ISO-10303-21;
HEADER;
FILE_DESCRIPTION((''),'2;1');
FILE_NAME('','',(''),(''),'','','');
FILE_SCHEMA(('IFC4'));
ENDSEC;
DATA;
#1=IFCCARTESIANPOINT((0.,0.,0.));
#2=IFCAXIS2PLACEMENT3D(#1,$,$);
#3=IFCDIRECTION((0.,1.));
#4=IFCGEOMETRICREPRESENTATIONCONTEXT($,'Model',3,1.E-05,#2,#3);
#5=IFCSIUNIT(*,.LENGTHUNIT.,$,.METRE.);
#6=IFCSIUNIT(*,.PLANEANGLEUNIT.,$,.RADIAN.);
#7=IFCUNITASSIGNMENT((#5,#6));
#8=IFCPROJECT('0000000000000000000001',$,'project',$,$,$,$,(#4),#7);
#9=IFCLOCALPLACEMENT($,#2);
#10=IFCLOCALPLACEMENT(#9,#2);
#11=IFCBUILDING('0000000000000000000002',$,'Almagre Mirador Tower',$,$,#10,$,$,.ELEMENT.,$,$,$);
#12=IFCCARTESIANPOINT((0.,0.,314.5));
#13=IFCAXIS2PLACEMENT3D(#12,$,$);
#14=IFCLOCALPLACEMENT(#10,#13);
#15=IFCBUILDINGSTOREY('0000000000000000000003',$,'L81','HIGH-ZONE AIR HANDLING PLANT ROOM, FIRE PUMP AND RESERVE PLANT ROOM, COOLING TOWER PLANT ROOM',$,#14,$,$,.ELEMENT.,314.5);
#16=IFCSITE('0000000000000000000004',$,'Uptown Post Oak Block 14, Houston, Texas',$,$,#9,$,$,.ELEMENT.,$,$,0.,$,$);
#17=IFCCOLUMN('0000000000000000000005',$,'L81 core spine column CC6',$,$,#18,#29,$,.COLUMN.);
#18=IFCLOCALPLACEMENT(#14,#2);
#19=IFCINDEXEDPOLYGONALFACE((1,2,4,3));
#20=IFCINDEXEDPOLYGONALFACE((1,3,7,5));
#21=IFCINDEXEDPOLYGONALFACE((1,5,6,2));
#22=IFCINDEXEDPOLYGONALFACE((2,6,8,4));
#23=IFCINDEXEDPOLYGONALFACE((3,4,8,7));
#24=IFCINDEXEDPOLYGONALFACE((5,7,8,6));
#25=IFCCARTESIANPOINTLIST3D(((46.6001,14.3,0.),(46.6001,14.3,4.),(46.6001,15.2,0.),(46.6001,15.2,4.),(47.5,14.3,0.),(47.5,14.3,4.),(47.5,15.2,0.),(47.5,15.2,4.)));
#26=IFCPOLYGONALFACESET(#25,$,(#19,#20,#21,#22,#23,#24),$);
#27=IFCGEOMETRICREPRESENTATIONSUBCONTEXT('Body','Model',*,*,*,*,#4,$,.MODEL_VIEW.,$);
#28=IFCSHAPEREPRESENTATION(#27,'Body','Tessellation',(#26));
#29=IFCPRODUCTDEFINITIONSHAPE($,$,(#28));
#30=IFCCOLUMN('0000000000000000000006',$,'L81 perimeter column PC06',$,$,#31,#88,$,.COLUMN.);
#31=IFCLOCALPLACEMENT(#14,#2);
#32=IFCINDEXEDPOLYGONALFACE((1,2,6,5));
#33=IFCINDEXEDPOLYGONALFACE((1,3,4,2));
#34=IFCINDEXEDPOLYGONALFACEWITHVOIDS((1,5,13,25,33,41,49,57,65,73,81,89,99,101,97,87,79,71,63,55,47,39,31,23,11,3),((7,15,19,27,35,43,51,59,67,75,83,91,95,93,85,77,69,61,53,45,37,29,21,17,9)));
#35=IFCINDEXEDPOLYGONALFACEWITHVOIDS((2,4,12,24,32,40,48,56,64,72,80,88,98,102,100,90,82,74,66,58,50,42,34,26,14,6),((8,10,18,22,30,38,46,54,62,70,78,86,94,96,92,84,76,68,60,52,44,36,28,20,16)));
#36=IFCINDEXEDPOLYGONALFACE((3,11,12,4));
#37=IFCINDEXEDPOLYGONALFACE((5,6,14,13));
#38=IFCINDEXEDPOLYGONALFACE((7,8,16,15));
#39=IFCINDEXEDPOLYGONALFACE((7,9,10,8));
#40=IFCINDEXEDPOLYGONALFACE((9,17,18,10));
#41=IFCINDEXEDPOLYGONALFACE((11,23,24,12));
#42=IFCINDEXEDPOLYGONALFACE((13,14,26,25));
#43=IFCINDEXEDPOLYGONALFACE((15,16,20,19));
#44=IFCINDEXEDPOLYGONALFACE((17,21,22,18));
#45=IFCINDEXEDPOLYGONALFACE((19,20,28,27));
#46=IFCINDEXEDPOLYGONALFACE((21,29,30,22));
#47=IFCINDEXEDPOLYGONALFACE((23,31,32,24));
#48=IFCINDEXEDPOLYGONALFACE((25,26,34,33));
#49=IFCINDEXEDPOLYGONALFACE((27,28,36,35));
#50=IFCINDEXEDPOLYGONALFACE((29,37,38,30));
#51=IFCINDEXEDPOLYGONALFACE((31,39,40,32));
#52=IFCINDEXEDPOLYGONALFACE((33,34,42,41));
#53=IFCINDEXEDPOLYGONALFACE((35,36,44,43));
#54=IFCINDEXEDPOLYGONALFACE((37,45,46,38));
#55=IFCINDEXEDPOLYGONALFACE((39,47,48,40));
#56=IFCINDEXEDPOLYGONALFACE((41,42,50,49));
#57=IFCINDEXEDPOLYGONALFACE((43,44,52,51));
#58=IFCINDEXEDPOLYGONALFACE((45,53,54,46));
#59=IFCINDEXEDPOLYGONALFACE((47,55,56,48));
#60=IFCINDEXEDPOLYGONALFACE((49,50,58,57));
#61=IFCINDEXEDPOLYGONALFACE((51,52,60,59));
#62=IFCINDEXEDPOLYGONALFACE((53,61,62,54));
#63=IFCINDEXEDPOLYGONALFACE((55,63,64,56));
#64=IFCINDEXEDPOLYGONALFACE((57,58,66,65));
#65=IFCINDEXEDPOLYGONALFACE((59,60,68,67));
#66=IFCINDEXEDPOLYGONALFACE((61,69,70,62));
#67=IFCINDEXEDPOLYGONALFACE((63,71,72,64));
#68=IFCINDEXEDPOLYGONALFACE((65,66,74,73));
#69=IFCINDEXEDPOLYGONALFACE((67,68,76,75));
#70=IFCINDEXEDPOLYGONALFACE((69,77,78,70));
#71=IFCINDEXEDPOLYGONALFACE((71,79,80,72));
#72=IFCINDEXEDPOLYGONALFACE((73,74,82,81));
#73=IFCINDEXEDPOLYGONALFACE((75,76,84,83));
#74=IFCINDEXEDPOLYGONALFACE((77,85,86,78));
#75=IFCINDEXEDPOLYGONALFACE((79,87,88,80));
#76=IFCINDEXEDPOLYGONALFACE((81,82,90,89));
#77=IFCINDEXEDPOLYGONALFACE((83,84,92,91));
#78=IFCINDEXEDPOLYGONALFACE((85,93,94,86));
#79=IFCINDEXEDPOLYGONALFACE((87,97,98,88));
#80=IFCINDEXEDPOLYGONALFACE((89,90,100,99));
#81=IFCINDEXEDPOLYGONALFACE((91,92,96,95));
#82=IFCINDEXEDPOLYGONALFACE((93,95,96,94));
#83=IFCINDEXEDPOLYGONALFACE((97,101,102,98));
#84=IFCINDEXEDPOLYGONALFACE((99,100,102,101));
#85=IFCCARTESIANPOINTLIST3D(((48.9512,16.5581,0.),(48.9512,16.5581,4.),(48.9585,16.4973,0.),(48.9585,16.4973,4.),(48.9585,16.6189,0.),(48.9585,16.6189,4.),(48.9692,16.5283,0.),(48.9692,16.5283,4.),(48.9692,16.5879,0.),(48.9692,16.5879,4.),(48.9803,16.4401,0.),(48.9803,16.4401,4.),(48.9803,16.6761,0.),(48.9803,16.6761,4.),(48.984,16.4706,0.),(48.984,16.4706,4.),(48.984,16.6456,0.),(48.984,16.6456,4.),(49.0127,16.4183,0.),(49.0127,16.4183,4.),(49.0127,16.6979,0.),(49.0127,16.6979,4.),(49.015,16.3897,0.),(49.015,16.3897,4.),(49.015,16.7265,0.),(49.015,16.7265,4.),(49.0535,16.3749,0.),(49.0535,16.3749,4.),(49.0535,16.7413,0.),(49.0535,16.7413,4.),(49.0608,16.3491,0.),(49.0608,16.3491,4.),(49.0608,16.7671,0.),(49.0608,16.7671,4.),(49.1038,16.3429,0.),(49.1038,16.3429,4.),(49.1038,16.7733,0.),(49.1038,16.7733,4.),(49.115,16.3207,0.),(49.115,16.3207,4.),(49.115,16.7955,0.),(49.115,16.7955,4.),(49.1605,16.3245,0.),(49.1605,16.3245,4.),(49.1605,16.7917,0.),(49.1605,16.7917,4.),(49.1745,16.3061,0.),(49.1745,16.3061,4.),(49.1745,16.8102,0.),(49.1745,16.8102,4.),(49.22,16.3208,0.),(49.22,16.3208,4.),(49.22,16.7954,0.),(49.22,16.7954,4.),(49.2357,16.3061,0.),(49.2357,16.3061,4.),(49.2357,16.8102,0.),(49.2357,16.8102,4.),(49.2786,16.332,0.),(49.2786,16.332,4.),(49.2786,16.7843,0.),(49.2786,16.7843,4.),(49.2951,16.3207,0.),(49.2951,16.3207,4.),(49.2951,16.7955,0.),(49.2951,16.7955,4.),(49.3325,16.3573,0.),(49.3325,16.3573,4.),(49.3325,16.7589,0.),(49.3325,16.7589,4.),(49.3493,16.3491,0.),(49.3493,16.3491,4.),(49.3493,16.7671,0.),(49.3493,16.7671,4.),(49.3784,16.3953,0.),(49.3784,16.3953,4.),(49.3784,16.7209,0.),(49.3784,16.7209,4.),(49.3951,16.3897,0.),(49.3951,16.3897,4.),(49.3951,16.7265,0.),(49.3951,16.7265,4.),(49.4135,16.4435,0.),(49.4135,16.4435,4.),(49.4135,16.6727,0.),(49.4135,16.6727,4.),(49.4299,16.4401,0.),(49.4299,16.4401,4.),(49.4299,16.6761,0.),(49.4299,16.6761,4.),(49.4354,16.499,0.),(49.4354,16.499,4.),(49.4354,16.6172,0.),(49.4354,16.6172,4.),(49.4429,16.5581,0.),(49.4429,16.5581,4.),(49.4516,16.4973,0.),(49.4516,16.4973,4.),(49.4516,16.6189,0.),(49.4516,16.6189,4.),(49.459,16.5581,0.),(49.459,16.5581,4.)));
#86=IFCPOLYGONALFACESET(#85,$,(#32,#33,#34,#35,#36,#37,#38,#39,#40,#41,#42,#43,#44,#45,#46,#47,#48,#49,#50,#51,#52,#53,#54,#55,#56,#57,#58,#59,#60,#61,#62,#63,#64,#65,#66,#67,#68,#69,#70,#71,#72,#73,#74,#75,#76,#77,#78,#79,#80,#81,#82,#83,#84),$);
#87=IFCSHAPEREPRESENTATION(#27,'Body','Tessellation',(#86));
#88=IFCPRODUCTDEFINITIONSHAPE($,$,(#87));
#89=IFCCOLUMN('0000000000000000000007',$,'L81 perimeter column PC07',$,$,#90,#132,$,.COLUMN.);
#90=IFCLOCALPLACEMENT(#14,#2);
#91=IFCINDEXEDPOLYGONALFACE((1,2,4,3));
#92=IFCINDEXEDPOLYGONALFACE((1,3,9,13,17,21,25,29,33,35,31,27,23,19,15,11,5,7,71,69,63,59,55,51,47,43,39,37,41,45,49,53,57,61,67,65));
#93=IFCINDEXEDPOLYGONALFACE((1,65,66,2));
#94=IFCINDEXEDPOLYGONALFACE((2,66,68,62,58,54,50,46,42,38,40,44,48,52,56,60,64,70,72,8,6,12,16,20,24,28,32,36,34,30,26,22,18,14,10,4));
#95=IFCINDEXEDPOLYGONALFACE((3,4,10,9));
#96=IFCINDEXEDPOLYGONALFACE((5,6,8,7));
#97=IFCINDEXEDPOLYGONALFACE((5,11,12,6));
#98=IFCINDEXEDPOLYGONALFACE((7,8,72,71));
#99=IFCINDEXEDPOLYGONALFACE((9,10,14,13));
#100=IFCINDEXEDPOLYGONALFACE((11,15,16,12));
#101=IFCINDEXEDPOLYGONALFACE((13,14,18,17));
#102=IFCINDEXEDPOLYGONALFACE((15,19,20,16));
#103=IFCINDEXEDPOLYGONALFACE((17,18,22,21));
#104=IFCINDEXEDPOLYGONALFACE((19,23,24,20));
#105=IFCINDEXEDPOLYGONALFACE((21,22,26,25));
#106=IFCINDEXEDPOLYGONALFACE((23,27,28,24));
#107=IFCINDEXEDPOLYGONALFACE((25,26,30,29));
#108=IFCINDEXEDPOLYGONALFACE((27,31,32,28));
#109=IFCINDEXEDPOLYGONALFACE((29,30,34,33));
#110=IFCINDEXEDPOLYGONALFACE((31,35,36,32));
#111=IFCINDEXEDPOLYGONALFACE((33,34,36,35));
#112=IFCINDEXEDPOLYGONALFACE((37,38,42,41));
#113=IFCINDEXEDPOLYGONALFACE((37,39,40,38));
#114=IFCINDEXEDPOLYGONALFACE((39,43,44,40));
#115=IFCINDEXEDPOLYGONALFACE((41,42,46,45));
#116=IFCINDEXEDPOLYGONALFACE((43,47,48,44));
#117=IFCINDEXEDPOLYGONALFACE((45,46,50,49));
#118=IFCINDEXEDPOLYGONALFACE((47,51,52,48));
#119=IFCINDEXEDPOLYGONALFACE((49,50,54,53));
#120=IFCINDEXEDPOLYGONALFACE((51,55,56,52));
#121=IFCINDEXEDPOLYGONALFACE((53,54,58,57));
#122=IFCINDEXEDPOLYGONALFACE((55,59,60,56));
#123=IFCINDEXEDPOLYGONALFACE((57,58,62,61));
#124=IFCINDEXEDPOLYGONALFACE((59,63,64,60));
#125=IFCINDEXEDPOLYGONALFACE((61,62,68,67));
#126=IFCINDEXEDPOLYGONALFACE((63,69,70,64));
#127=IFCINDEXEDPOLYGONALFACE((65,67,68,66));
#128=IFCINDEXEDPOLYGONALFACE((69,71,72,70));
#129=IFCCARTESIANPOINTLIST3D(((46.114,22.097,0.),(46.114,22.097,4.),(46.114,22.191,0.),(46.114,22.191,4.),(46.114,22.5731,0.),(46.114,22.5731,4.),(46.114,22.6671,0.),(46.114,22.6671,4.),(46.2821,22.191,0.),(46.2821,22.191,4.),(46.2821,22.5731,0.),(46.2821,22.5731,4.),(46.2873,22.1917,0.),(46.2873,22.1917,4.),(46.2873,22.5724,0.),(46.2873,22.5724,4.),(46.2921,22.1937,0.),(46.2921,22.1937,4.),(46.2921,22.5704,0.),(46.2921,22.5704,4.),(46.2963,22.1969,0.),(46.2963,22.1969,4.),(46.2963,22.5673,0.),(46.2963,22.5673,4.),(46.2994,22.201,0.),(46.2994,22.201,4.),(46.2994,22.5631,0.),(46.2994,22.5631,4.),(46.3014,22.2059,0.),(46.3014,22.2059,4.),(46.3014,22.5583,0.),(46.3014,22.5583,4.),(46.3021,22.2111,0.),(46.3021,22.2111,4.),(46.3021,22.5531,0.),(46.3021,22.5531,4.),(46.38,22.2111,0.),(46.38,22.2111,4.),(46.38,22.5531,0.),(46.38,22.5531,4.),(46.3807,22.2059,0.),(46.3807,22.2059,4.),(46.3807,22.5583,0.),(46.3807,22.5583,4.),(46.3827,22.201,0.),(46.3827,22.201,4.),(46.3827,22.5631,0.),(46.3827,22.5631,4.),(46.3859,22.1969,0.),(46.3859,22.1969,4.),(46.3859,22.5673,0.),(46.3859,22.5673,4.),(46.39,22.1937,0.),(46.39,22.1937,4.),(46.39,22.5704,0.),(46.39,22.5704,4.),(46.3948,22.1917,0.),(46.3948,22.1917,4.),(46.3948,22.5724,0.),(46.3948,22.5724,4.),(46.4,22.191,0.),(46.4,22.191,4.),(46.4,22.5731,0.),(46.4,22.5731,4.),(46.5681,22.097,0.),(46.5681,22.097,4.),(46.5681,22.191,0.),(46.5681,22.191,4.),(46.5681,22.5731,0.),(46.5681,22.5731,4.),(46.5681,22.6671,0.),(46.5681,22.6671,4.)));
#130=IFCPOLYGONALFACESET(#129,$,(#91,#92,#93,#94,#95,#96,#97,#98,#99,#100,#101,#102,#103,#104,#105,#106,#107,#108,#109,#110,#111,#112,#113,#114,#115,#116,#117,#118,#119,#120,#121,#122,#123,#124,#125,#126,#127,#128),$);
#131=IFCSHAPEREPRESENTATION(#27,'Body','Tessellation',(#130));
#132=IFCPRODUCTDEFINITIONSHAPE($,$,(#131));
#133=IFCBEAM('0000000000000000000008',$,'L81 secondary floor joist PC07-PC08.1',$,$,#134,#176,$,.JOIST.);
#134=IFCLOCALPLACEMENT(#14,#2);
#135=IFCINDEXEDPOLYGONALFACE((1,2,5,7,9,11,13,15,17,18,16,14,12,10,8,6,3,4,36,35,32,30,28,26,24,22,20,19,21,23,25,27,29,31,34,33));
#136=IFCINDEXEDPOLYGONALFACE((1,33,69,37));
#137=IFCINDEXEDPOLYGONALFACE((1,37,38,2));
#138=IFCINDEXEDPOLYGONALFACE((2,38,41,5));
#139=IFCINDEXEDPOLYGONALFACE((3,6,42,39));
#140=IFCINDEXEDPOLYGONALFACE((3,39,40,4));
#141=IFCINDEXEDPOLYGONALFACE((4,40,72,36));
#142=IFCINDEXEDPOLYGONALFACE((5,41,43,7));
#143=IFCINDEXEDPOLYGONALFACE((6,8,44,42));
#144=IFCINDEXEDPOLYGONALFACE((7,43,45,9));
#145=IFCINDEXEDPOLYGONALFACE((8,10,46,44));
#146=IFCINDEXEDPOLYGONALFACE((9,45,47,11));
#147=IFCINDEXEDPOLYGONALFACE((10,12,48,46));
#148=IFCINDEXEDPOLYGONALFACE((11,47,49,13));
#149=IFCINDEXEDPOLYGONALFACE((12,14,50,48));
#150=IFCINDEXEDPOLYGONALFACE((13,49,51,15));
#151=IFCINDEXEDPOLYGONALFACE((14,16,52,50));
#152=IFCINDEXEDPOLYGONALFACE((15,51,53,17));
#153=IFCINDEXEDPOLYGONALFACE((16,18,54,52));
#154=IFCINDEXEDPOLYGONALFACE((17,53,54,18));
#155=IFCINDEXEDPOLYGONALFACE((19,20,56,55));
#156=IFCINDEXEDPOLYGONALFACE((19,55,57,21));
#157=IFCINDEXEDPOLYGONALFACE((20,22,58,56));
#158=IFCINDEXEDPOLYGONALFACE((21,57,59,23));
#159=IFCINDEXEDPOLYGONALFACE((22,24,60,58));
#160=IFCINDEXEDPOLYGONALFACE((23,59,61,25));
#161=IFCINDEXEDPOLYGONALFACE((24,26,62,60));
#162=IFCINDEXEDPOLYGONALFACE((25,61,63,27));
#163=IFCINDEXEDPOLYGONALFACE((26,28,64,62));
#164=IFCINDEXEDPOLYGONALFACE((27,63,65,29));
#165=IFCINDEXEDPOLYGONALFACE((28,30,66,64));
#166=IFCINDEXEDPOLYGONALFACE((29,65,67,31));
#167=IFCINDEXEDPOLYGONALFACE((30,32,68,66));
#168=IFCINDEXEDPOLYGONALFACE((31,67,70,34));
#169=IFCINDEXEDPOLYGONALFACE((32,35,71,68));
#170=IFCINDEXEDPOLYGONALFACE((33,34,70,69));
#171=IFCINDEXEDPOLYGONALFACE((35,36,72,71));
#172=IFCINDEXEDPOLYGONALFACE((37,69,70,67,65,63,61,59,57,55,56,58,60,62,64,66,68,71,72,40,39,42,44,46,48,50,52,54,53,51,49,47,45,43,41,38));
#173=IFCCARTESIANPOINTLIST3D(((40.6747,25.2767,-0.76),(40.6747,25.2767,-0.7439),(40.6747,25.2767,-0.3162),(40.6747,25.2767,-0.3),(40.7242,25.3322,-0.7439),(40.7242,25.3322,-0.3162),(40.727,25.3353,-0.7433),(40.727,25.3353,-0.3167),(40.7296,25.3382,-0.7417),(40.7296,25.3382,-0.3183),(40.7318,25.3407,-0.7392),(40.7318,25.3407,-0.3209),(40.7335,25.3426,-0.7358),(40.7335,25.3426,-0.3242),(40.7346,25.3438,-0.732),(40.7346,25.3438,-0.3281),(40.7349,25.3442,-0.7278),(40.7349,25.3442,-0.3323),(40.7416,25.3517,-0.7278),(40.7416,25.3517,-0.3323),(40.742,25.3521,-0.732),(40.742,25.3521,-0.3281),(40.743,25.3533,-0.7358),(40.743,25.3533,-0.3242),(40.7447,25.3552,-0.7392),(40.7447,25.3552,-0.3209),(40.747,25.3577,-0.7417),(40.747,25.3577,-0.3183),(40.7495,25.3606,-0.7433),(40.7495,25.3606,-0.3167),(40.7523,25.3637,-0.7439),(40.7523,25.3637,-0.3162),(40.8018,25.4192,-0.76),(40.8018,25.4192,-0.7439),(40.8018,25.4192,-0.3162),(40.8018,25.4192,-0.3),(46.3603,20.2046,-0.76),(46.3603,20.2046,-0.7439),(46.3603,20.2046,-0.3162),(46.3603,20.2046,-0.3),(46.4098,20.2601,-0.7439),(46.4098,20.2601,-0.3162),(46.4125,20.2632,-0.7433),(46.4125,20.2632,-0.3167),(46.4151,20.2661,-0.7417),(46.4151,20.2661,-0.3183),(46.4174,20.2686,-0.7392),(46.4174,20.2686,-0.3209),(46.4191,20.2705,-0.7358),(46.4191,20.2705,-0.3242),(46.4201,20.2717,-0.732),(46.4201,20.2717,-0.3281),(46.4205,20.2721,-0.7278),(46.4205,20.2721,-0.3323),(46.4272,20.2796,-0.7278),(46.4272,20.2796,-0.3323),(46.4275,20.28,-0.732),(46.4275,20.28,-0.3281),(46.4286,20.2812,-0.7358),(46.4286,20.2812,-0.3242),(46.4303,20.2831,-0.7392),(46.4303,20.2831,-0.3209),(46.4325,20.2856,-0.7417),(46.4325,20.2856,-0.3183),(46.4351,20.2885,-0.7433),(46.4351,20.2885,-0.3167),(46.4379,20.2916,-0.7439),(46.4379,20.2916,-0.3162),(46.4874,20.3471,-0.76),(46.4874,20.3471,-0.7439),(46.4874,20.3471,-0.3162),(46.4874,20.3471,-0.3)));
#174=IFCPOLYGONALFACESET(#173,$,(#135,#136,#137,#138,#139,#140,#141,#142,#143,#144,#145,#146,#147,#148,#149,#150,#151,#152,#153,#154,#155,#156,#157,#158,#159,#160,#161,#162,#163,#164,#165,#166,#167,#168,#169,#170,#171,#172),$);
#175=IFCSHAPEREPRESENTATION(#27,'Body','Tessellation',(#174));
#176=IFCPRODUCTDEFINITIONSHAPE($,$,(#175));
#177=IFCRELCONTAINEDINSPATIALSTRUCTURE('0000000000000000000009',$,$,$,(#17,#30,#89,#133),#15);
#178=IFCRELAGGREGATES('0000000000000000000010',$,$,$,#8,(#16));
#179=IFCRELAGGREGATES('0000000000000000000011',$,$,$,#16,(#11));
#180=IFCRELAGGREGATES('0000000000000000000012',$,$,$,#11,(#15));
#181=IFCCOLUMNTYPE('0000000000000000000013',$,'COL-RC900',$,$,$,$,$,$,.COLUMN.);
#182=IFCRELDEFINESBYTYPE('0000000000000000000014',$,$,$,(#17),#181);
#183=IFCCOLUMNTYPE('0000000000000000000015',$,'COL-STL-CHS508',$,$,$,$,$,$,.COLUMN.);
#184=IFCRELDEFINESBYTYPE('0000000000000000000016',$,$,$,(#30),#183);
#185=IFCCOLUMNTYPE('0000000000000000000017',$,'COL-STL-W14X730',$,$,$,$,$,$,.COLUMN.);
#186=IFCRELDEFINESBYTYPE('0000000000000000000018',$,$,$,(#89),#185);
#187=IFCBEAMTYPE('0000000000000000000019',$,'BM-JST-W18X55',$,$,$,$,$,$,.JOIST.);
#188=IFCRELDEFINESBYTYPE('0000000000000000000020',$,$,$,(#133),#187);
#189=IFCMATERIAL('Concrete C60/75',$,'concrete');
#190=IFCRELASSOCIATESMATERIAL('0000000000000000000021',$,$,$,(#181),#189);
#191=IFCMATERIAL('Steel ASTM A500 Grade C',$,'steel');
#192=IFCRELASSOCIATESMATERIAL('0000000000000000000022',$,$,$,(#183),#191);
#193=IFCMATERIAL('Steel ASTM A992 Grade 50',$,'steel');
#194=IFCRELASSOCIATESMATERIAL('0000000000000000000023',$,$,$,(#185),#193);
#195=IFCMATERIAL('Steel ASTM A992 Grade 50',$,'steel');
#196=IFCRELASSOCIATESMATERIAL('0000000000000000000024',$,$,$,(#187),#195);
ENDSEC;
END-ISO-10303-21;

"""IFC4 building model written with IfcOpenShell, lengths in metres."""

from ifc_helpers import new_model, si_unit, direction, frame, origin, origin_2d, place, context, subcontext, project, spatial, rectangle, hollow_circle, i_section, extrude, material, material_profile, profile_set, type_object, element, save


model = new_model("IFC4")

# Units and contexts
model_context = context("Model", 3, precision=1e-05, world=origin(), true_north=direction((0.0, 1.0)))
body_context = subcontext(model_context, "Body", "Model", "MODEL_VIEW")
ifc_project = project(units=[si_unit("LENGTHUNIT", "METRE"), si_unit("PLANEANGLEUNIT", "RADIAN")], contexts=[model_context])

# Site, building, storey
site_placement = place(None, origin())
site = spatial("IfcSite", under=ifc_project, at=site_placement, Name="Uptown Post Oak Block 14, Houston, Texas", CompositionType="ELEMENT", RefElevation=0.0)
building_placement = place(site_placement, origin())
building = spatial("IfcBuilding", under=site, at=building_placement, Name="Almagre Mirador Tower", CompositionType="ELEMENT")
storey_placement = place(building_placement, frame((0.0, 0.0, 314.5)))
storey = spatial("IfcBuildingStorey", under=building, at=storey_placement, Name="L81", Description="HIGH-ZONE AIR HANDLING PLANT ROOM, FIRE PUMP AND RESERVE PLANT ROOM, COOLING TOWER PLANT ROOM", CompositionType="ELEMENT", Elevation=314.5)

# Columns
ifc_material_1 = material(Name="Concrete C60/75", Category="concrete")
ifc_material_profile_1 = material_profile(ifc_material_1, rectangle(XDim=0.8999, YDim=0.8999, at=origin_2d()), Name="RC900X900")
ifc_profile_set_1 = profile_set([ifc_material_profile_1], Name="Concrete C60/75")
column_type_1 = type_object("IfcColumnType", Name="COL-RC900", PredefinedType="COLUMN", material=ifc_profile_set_1)
column_1_placement = place(storey_placement, frame((47.05, 14.75, 0.0), z_axis=(0.0, 0.0, 1.0), x_axis=(1.0, 0.0, 0.0)))
element("IfcColumn", 1, at=column_1_placement, inside=storey, type_object=column_type_1, Name="L81 core spine column CC6", PredefinedType="COLUMN", context=body_context, shape_type="SweptSolid", body=[
    extrude(rectangle(XDim=0.8999, YDim=0.8999, at=origin_2d()), origin(), (0.0, 0.0, 1.0), 4.0),
])
ifc_material_2 = material(Name="Steel ASTM A500 Grade C", Category="steel")
ifc_material_profile_2 = material_profile(ifc_material_2, hollow_circle(Radius=0.2539, WallThickness=0.0161, at=origin_2d()), Name="CHS508X16")
ifc_profile_set_2 = profile_set([ifc_material_profile_2], Name="Steel ASTM A500 Grade C")
column_type_2 = type_object("IfcColumnType", Name="COL-STL-CHS508", PredefinedType="COLUMN", material=ifc_profile_set_2)
column_2_placement = place(storey_placement, frame((49.2051, 16.5581, 0.0), z_axis=(0.0, 0.0, 1.0), x_axis=(1.0, 0.0, 0.0)))
element("IfcColumn", 2, at=column_2_placement, inside=storey, type_object=column_type_2, Name="L81 perimeter column PC06", PredefinedType="COLUMN", context=body_context, shape_type="SweptSolid", body=[
    extrude(hollow_circle(Radius=0.2539, WallThickness=0.0161, at=origin_2d()), origin(), (0.0, 0.0, 1.0), 4.0),
])
ifc_material_3 = material(Name="Steel ASTM A992 Grade 50", Category="steel")
ifc_material_profile_3 = material_profile(ifc_material_3, i_section(OverallWidth=0.4541, OverallDepth=0.5701, WebThickness=0.0779, FlangeThickness=0.094, FilletRadius=0.02, at=origin_2d()), Name="W14X730")
ifc_profile_set_3 = profile_set([ifc_material_profile_3], Name="Steel ASTM A992 Grade 50")
column_type_3 = type_object("IfcColumnType", Name="COL-STL-W14X730", PredefinedType="COLUMN", material=ifc_profile_set_3)
column_3_placement = place(storey_placement, frame((46.3411, 22.3821, 0.0), z_axis=(0.0, 0.0, 1.0), x_axis=(1.0, 0.0, 0.0)))
element("IfcColumn", 3, at=column_3_placement, inside=storey, type_object=column_type_3, Name="L81 perimeter column PC07", PredefinedType="COLUMN", context=body_context, shape_type="SweptSolid", body=[
    extrude(i_section(OverallWidth=0.4541, OverallDepth=0.5701, WebThickness=0.0779, FlangeThickness=0.094, FilletRadius=0.02, at=origin_2d()), origin(), (0.0, 0.0, 1.0), 4.0),
])

# Beam
ifc_material_4 = material(Name="Steel ASTM A992 Grade 50", Category="steel")
ifc_material_profile_4 = material_profile(ifc_material_4, i_section(OverallWidth=0.1909, OverallDepth=0.46, WebThickness=0.01, FlangeThickness=0.0161, FilletRadius=0.0161, at=origin_2d()), Name="W18X55")
ifc_profile_set_4 = profile_set([ifc_material_profile_4], Name="Steel ASTM A992 Grade 50")
beam_type_1 = type_object("IfcBeamType", Name="BM-JST-W18X55", PredefinedType="JOIST", material=ifc_profile_set_4)
beam_1_placement = place(storey_placement, frame((46.4238, 20.2759, -0.53), z_axis=(-0.746222, 0.665697, 0.0), x_axis=(-0.665697, -0.746222, 0.0)))
element("IfcBeam", 4, at=beam_1_placement, inside=storey, type_object=beam_type_1, Name="L81 secondary floor joist PC07-PC08.1", PredefinedType="JOIST", context=body_context, shape_type="SweptSolid", body=[
    extrude(i_section(OverallWidth=0.1909, OverallDepth=0.46, WebThickness=0.01, FlangeThickness=0.0161, FilletRadius=0.0161, at=origin_2d()), origin(), (0.0, 0.0, 1.0), 7.6191),
])

save(model, "model.ifc")
